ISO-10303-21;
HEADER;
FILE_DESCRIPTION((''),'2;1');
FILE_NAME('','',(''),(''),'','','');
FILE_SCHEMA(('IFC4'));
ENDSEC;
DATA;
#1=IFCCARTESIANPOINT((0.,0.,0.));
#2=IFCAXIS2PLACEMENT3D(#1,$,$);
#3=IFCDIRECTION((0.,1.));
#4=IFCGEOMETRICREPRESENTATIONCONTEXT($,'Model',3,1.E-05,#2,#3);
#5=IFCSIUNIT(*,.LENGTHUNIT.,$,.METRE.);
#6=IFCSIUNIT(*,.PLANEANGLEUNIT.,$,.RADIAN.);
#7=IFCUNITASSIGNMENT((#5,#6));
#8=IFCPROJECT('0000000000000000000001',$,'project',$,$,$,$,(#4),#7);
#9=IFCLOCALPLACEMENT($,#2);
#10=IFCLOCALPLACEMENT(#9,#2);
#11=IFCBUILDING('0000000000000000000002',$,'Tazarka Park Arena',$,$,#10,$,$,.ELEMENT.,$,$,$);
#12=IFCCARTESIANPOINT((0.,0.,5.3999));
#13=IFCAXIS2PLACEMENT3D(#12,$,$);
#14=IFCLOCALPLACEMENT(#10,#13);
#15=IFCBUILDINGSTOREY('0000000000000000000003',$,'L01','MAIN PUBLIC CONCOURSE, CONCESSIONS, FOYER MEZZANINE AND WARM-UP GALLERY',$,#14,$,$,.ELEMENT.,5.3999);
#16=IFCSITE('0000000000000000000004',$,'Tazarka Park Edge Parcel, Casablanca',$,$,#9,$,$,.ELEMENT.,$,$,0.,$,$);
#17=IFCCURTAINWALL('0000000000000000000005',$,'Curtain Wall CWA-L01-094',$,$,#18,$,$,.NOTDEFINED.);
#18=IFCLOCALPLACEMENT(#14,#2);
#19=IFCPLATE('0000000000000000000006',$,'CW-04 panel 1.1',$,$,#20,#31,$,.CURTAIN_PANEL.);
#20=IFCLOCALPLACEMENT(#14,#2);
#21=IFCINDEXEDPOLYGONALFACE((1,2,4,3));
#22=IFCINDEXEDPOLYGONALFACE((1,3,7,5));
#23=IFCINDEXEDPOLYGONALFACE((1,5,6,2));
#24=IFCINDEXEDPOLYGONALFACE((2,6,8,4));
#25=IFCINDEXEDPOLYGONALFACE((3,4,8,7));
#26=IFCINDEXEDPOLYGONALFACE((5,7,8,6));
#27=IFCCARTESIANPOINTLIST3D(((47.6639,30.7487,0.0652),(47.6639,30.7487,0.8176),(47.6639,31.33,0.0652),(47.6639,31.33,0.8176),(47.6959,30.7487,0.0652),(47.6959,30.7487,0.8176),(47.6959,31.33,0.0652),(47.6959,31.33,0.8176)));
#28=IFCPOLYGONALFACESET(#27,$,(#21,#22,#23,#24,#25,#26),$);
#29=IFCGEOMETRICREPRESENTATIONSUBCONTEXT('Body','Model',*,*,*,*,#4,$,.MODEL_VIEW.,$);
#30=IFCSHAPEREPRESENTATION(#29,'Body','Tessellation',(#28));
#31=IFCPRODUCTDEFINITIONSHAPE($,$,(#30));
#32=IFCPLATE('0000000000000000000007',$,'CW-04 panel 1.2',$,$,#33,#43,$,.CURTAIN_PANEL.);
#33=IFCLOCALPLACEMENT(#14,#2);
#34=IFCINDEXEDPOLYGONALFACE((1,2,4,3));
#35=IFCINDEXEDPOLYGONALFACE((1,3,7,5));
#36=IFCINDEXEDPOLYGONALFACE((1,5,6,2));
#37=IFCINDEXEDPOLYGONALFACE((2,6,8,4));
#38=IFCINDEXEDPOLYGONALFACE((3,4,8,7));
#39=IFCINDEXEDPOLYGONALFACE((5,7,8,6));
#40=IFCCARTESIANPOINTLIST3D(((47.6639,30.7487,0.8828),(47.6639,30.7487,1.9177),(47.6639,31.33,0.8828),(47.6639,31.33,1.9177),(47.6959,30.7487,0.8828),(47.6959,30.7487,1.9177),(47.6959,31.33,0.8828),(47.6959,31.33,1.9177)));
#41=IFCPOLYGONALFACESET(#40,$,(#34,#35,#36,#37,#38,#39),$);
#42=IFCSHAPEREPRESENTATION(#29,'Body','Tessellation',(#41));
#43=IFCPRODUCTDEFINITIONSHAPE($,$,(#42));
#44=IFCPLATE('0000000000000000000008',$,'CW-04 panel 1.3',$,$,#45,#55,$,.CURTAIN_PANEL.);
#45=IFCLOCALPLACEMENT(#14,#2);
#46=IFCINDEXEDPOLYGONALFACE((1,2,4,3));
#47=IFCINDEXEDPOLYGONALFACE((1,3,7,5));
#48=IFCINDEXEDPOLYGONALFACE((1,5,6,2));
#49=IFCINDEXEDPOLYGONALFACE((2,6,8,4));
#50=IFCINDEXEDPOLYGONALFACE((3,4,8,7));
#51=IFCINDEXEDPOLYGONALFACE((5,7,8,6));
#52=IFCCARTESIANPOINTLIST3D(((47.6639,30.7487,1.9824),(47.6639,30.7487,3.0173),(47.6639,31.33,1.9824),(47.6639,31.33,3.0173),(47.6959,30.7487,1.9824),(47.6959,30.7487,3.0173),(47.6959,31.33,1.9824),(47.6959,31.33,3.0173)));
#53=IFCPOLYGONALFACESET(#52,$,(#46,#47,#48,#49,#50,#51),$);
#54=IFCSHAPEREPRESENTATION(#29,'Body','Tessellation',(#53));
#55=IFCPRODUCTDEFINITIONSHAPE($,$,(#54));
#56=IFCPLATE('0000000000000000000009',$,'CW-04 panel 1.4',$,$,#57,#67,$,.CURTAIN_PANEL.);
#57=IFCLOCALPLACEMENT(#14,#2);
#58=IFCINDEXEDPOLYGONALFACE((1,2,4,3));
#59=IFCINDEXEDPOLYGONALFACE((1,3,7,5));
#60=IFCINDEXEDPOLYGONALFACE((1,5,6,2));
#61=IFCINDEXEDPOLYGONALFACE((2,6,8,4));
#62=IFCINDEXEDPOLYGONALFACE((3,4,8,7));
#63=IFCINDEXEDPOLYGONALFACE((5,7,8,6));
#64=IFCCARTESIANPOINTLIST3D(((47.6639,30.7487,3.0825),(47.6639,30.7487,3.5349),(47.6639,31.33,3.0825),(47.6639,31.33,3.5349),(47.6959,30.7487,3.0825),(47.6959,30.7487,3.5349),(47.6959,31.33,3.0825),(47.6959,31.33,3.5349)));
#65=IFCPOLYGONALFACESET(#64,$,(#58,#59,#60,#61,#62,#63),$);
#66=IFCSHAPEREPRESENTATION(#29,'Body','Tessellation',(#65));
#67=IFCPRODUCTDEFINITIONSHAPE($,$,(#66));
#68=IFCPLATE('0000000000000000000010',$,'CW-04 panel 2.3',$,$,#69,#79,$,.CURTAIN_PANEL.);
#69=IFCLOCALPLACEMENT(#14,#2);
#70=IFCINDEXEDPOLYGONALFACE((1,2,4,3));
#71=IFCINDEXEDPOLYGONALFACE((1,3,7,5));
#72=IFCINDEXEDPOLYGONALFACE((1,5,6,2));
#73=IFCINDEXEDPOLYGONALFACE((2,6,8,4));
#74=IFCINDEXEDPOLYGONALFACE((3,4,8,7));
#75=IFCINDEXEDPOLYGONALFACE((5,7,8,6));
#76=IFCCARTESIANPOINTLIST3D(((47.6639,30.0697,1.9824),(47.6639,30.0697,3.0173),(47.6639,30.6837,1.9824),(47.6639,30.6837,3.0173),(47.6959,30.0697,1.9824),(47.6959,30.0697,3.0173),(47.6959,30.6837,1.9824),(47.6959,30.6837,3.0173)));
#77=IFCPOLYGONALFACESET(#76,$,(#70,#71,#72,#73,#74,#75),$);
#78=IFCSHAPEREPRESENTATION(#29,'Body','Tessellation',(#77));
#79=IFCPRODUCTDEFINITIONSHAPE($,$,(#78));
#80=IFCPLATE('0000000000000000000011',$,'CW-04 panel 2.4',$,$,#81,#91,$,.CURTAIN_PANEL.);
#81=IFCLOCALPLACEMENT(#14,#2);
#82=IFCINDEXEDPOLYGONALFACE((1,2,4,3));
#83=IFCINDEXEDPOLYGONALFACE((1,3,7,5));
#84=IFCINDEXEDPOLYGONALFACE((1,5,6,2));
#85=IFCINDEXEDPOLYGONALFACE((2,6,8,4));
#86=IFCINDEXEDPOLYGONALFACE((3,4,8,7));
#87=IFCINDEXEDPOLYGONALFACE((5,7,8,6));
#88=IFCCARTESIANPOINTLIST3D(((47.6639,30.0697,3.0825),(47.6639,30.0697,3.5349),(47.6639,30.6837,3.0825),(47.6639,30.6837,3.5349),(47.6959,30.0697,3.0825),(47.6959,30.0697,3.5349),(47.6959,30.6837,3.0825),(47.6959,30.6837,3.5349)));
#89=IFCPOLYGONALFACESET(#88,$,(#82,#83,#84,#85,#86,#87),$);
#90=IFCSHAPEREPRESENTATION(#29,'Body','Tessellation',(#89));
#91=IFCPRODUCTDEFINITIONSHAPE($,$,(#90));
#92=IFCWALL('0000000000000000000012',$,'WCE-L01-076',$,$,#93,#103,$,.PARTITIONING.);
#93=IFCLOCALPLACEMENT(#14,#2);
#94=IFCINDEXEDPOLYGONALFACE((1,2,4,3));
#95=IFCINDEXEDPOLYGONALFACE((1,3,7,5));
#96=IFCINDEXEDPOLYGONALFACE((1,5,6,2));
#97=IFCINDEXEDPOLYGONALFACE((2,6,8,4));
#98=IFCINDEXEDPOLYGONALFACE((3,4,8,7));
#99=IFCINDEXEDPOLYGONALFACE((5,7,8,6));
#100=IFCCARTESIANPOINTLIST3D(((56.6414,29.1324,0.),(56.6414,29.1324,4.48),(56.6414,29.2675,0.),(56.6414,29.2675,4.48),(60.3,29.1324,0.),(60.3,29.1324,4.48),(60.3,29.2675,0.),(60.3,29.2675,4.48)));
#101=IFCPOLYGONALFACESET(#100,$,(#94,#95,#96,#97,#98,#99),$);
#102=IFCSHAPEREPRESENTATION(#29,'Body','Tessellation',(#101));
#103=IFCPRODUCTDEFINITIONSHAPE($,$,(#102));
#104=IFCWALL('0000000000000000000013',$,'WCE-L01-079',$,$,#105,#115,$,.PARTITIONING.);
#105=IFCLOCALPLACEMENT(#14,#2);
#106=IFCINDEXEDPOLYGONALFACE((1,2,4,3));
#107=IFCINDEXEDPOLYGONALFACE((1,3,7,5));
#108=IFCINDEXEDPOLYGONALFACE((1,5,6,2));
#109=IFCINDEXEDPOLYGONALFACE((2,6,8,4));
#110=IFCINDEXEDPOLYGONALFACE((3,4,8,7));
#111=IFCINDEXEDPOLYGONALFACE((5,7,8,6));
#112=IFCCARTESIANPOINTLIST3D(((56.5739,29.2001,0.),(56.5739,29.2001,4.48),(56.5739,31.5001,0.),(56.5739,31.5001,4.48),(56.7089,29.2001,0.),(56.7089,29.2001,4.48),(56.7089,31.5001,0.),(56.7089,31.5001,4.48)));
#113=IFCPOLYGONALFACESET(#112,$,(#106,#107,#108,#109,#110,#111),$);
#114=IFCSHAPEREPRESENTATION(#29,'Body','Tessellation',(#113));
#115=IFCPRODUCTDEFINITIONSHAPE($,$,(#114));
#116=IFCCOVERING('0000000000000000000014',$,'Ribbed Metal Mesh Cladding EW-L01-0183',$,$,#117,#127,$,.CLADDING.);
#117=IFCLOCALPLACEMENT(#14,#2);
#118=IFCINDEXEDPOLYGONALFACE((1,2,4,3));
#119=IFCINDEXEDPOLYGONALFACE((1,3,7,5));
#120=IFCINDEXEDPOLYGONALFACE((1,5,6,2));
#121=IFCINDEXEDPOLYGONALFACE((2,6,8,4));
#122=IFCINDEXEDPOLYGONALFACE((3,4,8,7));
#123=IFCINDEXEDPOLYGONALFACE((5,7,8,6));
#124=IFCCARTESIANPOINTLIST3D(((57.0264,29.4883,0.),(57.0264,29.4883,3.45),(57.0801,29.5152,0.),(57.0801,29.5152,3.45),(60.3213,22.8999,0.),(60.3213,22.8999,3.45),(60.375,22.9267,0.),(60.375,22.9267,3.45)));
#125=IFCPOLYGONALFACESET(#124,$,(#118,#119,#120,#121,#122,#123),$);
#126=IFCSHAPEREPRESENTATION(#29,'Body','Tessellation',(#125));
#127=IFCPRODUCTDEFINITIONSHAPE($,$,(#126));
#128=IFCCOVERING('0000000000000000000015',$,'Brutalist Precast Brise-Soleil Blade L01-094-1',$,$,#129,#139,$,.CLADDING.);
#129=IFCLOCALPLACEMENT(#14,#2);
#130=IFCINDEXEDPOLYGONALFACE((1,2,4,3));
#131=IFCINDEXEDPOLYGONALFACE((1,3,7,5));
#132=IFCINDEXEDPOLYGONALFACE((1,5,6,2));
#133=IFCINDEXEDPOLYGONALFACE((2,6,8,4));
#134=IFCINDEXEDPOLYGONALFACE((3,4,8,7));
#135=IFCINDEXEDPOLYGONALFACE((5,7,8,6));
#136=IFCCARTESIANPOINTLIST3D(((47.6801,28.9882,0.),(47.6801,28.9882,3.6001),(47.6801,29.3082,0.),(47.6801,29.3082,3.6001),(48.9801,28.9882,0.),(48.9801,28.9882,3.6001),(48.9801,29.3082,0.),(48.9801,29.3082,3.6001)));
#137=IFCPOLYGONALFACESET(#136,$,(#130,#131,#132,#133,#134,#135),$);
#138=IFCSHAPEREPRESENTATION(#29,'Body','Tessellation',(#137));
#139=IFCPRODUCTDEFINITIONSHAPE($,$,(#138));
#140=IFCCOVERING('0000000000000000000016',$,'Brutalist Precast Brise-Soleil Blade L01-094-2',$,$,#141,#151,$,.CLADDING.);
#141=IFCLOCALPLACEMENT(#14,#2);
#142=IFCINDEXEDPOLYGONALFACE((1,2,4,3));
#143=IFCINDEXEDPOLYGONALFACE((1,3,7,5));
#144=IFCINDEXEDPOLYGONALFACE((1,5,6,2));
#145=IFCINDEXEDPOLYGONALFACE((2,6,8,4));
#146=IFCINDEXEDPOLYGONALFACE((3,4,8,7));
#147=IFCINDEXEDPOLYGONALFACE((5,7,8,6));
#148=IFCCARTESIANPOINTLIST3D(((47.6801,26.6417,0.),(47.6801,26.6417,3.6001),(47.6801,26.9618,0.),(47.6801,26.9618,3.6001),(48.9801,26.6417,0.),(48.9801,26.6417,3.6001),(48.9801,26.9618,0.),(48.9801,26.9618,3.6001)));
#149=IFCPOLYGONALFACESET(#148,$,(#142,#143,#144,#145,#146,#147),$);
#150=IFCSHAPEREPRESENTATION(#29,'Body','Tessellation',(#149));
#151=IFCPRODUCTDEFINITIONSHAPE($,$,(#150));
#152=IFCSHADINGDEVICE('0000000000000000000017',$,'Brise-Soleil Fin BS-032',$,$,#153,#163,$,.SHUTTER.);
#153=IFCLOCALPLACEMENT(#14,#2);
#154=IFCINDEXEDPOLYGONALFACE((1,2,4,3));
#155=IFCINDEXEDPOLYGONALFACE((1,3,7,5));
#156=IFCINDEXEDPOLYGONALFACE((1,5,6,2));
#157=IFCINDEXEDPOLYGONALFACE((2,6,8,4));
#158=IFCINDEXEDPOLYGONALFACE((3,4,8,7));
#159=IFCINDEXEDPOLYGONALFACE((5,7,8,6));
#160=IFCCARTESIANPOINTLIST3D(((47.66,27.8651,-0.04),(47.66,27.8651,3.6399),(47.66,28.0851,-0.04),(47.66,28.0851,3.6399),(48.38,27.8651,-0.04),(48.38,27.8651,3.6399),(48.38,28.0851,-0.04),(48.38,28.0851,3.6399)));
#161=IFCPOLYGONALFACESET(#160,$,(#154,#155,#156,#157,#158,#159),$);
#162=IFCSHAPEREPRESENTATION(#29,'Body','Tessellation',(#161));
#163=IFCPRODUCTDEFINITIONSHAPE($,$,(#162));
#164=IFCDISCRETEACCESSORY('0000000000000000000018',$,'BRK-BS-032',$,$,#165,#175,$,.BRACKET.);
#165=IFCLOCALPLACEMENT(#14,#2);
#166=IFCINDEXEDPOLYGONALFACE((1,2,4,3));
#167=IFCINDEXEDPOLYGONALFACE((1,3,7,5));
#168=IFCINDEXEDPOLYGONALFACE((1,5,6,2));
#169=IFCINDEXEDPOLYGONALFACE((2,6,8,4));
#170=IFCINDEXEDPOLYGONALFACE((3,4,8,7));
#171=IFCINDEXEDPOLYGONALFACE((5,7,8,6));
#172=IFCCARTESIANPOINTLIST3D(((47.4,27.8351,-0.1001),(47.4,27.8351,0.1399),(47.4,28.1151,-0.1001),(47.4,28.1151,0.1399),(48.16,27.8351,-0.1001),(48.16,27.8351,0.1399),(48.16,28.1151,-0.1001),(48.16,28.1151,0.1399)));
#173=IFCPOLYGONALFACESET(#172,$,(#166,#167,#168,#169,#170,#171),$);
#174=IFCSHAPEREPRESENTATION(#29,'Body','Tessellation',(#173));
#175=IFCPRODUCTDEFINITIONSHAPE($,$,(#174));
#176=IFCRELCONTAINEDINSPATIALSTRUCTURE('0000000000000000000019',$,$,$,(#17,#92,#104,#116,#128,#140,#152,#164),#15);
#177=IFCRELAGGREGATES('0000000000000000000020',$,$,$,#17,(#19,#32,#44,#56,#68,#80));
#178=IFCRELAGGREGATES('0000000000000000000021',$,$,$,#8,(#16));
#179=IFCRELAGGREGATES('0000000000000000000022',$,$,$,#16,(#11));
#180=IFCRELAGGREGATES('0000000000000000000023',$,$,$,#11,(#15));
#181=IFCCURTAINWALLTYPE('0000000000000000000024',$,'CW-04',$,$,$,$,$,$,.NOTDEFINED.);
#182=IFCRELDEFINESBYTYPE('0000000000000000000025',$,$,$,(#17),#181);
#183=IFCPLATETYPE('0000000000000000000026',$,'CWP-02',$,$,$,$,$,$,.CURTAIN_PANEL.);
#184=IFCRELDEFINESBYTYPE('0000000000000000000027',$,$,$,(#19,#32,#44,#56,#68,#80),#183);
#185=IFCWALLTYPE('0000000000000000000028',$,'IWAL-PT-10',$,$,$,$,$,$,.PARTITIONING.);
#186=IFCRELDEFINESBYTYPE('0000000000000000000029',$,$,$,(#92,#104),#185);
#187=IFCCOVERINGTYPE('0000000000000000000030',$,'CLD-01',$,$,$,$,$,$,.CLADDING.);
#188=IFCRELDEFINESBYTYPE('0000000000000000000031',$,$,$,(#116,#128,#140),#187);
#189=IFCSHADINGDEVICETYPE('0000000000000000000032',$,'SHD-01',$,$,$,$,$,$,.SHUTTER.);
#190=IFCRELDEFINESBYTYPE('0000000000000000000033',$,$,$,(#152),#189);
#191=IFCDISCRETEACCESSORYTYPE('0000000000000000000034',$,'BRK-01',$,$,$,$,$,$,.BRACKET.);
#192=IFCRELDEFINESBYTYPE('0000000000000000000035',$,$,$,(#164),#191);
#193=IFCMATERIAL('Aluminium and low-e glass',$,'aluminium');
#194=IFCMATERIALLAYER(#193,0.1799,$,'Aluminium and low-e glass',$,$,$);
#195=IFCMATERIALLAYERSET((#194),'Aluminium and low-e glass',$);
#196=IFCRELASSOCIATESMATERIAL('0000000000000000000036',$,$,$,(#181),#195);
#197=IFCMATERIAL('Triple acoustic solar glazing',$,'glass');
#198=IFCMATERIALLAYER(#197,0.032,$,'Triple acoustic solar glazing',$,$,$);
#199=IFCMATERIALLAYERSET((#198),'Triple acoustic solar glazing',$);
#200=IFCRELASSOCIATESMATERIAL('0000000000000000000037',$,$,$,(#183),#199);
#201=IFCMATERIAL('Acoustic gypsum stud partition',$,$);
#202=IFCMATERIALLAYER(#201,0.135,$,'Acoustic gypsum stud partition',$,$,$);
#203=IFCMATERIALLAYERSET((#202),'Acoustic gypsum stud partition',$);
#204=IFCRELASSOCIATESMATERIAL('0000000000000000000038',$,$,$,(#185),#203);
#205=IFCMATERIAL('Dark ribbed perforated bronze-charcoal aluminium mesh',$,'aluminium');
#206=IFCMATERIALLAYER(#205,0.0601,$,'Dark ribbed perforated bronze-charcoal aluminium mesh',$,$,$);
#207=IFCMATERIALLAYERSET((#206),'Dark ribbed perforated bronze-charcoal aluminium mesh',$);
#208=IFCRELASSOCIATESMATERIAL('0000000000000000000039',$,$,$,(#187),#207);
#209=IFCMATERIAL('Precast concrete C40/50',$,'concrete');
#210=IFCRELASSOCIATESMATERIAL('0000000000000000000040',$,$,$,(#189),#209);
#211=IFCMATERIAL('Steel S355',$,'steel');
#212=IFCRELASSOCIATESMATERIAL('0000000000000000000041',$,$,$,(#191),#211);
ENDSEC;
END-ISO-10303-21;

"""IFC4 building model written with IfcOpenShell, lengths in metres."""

from ifc_helpers import new_model, si_unit, direction, frame, frame_2d, origin, origin_2d, place, context, subcontext, project, spatial, rectangle, extrude, material, layer, layer_set, type_object, element, aggregate, save


model = new_model("IFC4")

# Units and contexts
model_context = context("Model", 3, precision=1e-05, world=origin(), true_north=direction((0.0, 1.0)))
body_context = subcontext(model_context, "Body", "Model", "MODEL_VIEW")
ifc_project = project(units=[si_unit("LENGTHUNIT", "METRE"), si_unit("PLANEANGLEUNIT", "RADIAN")], contexts=[model_context])

# Site, building, storey
site_placement = place(None, origin())
site = spatial("IfcSite", under=ifc_project, at=site_placement, Name="Tazarka Park Edge Parcel, Casablanca", CompositionType="ELEMENT", RefElevation=0.0)
building_placement = place(site_placement, origin())
building = spatial("IfcBuilding", under=site, at=building_placement, Name="Tazarka Park Arena", CompositionType="ELEMENT")
storey_placement = place(building_placement, frame((0.0, 0.0, 5.3999)))
storey = spatial("IfcBuildingStorey", under=building, at=storey_placement, Name="L01", Description="MAIN PUBLIC CONCOURSE, CONCESSIONS, FOYER MEZZANINE AND WARM-UP GALLERY", CompositionType="ELEMENT", Elevation=5.3999)

# Curtain wall, plates
ifc_material_1 = material(Name="Aluminium and low-e glass", Category="aluminium")
ifc_layer_1 = layer(ifc_material_1, 0.1799, Name="Aluminium and low-e glass")
ifc_layer_set_1 = layer_set([ifc_layer_1], Name="Aluminium and low-e glass")
curtain_wall_type = type_object("IfcCurtainWallType", Name="CW-04", PredefinedType="NOTDEFINED", material=ifc_layer_set_1)
curtain_wall_placement = place(storey_placement, origin())
curtain_wall = element("IfcCurtainWall", 1, at=curtain_wall_placement, inside=storey, type_object=curtain_wall_type, Name="Curtain Wall CWA-L01-094", PredefinedType="NOTDEFINED")
ifc_material_2 = material(Name="Triple acoustic solar glazing", Category="glass")
ifc_layer_2 = layer(ifc_material_2, 0.032, Name="Triple acoustic solar glazing")
ifc_layer_set_2 = layer_set([ifc_layer_2], Name="Triple acoustic solar glazing")
plate_type = type_object("IfcPlateType", Name="CWP-02", PredefinedType="CURTAIN_PANEL", material=ifc_layer_set_2)
plate_1_placement = place(storey_placement, frame((47.6799, 31.0393, 0.0652), z_axis=(0.0, 0.0, 1.0), x_axis=(0.0, -1.0, 0.0)))
plate_1 = element("IfcPlate", 2, at=plate_1_placement, type_object=plate_type, Name="CW-04 panel 1.1", PredefinedType="CURTAIN_PANEL", context=body_context, shape_type="SweptSolid", body=[
    extrude(rectangle(XDim=0.5813, YDim=0.032, at=origin_2d()), origin(), (0.0, 0.0, 1.0), 0.7524),
])
plate_2_placement = place(storey_placement, frame((47.6799, 31.0393, 0.8828), z_axis=(0.0, 0.0, 1.0), x_axis=(0.0, -1.0, 0.0)))
plate_2 = element("IfcPlate", 3, at=plate_2_placement, type_object=plate_type, Name="CW-04 panel 1.2", PredefinedType="CURTAIN_PANEL", context=body_context, shape_type="SweptSolid", body=[
    extrude(rectangle(XDim=0.5813, YDim=0.032, at=origin_2d()), origin(), (0.0, 0.0, 1.0), 1.0349),
])
plate_3_placement = place(storey_placement, frame((47.6799, 31.0393, 1.9824), z_axis=(0.0, 0.0, 1.0), x_axis=(0.0, -1.0, 0.0)))
plate_3 = element("IfcPlate", 4, at=plate_3_placement, type_object=plate_type, Name="CW-04 panel 1.3", PredefinedType="CURTAIN_PANEL", context=body_context, shape_type="SweptSolid", body=[
    extrude(rectangle(XDim=0.5813, YDim=0.032, at=origin_2d()), origin(), (0.0, 0.0, 1.0), 1.0349),
])
plate_4_placement = place(storey_placement, frame((47.6799, 31.0393, 3.0825), z_axis=(0.0, 0.0, 1.0), x_axis=(0.0, -1.0, 0.0)))
plate_4 = element("IfcPlate", 5, at=plate_4_placement, type_object=plate_type, Name="CW-04 panel 1.4", PredefinedType="CURTAIN_PANEL", context=body_context, shape_type="SweptSolid", body=[
    extrude(rectangle(XDim=0.5813, YDim=0.032, at=origin_2d()), origin(), (0.0, 0.0, 1.0), 0.4524),
])
plate_5_placement = place(storey_placement, frame((47.6799, 30.3767, 1.9824), z_axis=(0.0, 0.0, 1.0), x_axis=(0.0, -1.0, 0.0)))
plate_5 = element("IfcPlate", 6, at=plate_5_placement, type_object=plate_type, Name="CW-04 panel 2.3", PredefinedType="CURTAIN_PANEL", context=body_context, shape_type="SweptSolid", body=[
    extrude(rectangle(XDim=0.614, YDim=0.032, at=origin_2d()), origin(), (0.0, 0.0, 1.0), 1.0349),
])
plate_6_placement = place(storey_placement, frame((47.6799, 30.3767, 3.0825), z_axis=(0.0, 0.0, 1.0), x_axis=(0.0, -1.0, 0.0)))
plate_6 = element("IfcPlate", 7, at=plate_6_placement, type_object=plate_type, Name="CW-04 panel 2.4", PredefinedType="CURTAIN_PANEL", context=body_context, shape_type="SweptSolid", body=[
    extrude(rectangle(XDim=0.614, YDim=0.032, at=origin_2d()), origin(), (0.0, 0.0, 1.0), 0.4524),
])
aggregate(curtain_wall, [plate_1, plate_2, plate_3, plate_4, plate_5, plate_6])

# Walls
ifc_material_3 = material(Name="Acoustic gypsum stud partition")
ifc_layer_3 = layer(ifc_material_3, 0.135, Name="Acoustic gypsum stud partition")
ifc_layer_set_3 = layer_set([ifc_layer_3], Name="Acoustic gypsum stud partition")
wall_type = type_object("IfcWallType", Name="IWAL-PT-10", PredefinedType="PARTITIONING", material=ifc_layer_set_3)
wall_1_placement = place(storey_placement, frame((56.6414, 29.2, 0.0), z_axis=(0.0, 0.0, 1.0), x_axis=(1.0, 0.0, 0.0)))
element("IfcWall", 8, at=wall_1_placement, inside=storey, type_object=wall_type, Name="WCE-L01-076", PredefinedType="PARTITIONING", context=body_context, shape_type="SweptSolid", body=[
    extrude(rectangle(XDim=3.6587, YDim=0.135, at=frame_2d((1.8293, 0.0))), origin(), (0.0, 0.0, 1.0), 4.48),
])
wall_2_placement = place(storey_placement, frame((56.6414, 31.5, 0.0), z_axis=(0.0, 0.0, 1.0), x_axis=(0.0, -1.0, 0.0)))
element("IfcWall", 9, at=wall_2_placement, inside=storey, type_object=wall_type, Name="WCE-L01-079", PredefinedType="PARTITIONING", context=body_context, shape_type="SweptSolid", body=[
    extrude(rectangle(XDim=2.3, YDim=0.135, at=frame_2d((1.1499, 0.0))), origin(), (0.0, 0.0, 1.0), 4.48),
])

# Coverings
ifc_material_4 = material(Name="Dark ribbed perforated bronze-charcoal aluminium mesh", Category="aluminium")
ifc_layer_4 = layer(ifc_material_4, 0.0601, Name="Dark ribbed perforated bronze-charcoal aluminium mesh")
ifc_layer_set_4 = layer_set([ifc_layer_4], Name="Dark ribbed perforated bronze-charcoal aluminium mesh")
covering_type = type_object("IfcCoveringType", Name="CLD-01", PredefinedType="CLADDING", material=ifc_layer_set_4)
covering_placement = place(storey_placement, frame((58.7007, 26.2075, 0.0), z_axis=(0.0, 0.0, 1.0), x_axis=(-0.447291, 0.894389, 0.0)))
element("IfcCovering", 10, at=covering_placement, inside=storey, type_object=covering_type, Name="Ribbed Metal Mesh Cladding EW-L01-0183", PredefinedType="CLADDING", context=body_context, shape_type="SweptSolid", body=[
    extrude(rectangle(XDim=7.3665, YDim=0.0601, at=origin_2d()), origin(), (0.0, 0.0, 1.0), 3.45),
])
for number, where, z_axis, x_axis, name in (
    (11, (48.3301, 29.1482, 0.0), (0.0, 0.0, 1.0), (0.0, -1.0, 0.0), "Brutalist Precast Brise-Soleil Blade L01-094-1"),
    (12, (48.3301, 26.8018, 0.0), (0.0, 0.0, 1.0), (0.0, -1.0, 0.0), "Brutalist Precast Brise-Soleil Blade L01-094-2"),
):
    element("IfcCovering", number, at=place(storey_placement, frame(where, z_axis=z_axis, x_axis=x_axis)), inside=storey, type_object=covering_type, Name=name, PredefinedType="CLADDING", context=body_context, shape_type="SweptSolid", body=[
        extrude(rectangle(XDim=0.3201, YDim=1.3, at=origin_2d()), origin(), (0.0, 0.0, 1.0), 3.6001),
    ])

# Shading device
ifc_material_5 = material(Name="Precast concrete C40/50", Category="concrete")
shading_device_type = type_object("IfcShadingDeviceType", Name="SHD-01", PredefinedType="SHUTTER", material=ifc_material_5)
shading_device_placement = place(storey_placement, frame((48.02, 27.9751, -0.04), z_axis=(0.0, 0.0, 1.0), x_axis=(0.0, -1.0, 0.0)))
element("IfcShadingDevice", 13, at=shading_device_placement, inside=storey, type_object=shading_device_type, Name="Brise-Soleil Fin BS-032", PredefinedType="SHUTTER", context=body_context, shape_type="SweptSolid", body=[
    extrude(rectangle(XDim=0.22, YDim=0.72, at=origin_2d()), origin(), (0.0, 0.0, 1.0), 3.6799),
])

# Discrete accessory
ifc_material_6 = material(Name="Steel S355", Category="steel")
discrete_accessory_type = type_object("IfcDiscreteAccessoryType", Name="BRK-01", PredefinedType="BRACKET", material=ifc_material_6)
discrete_accessory_placement = place(storey_placement, frame((47.78, 27.9751, -0.1001), z_axis=(0.0, 0.0, 1.0), x_axis=(0.0, -1.0, 0.0)))
element("IfcDiscreteAccessory", 14, at=discrete_accessory_placement, inside=storey, type_object=discrete_accessory_type, Name="BRK-BS-032", PredefinedType="BRACKET", context=body_context, shape_type="SweptSolid", body=[
    extrude(rectangle(XDim=0.28, YDim=0.76, at=origin_2d()), origin(), (0.0, 0.0, 1.0), 0.24),
])

save(model, "model.ifc")
